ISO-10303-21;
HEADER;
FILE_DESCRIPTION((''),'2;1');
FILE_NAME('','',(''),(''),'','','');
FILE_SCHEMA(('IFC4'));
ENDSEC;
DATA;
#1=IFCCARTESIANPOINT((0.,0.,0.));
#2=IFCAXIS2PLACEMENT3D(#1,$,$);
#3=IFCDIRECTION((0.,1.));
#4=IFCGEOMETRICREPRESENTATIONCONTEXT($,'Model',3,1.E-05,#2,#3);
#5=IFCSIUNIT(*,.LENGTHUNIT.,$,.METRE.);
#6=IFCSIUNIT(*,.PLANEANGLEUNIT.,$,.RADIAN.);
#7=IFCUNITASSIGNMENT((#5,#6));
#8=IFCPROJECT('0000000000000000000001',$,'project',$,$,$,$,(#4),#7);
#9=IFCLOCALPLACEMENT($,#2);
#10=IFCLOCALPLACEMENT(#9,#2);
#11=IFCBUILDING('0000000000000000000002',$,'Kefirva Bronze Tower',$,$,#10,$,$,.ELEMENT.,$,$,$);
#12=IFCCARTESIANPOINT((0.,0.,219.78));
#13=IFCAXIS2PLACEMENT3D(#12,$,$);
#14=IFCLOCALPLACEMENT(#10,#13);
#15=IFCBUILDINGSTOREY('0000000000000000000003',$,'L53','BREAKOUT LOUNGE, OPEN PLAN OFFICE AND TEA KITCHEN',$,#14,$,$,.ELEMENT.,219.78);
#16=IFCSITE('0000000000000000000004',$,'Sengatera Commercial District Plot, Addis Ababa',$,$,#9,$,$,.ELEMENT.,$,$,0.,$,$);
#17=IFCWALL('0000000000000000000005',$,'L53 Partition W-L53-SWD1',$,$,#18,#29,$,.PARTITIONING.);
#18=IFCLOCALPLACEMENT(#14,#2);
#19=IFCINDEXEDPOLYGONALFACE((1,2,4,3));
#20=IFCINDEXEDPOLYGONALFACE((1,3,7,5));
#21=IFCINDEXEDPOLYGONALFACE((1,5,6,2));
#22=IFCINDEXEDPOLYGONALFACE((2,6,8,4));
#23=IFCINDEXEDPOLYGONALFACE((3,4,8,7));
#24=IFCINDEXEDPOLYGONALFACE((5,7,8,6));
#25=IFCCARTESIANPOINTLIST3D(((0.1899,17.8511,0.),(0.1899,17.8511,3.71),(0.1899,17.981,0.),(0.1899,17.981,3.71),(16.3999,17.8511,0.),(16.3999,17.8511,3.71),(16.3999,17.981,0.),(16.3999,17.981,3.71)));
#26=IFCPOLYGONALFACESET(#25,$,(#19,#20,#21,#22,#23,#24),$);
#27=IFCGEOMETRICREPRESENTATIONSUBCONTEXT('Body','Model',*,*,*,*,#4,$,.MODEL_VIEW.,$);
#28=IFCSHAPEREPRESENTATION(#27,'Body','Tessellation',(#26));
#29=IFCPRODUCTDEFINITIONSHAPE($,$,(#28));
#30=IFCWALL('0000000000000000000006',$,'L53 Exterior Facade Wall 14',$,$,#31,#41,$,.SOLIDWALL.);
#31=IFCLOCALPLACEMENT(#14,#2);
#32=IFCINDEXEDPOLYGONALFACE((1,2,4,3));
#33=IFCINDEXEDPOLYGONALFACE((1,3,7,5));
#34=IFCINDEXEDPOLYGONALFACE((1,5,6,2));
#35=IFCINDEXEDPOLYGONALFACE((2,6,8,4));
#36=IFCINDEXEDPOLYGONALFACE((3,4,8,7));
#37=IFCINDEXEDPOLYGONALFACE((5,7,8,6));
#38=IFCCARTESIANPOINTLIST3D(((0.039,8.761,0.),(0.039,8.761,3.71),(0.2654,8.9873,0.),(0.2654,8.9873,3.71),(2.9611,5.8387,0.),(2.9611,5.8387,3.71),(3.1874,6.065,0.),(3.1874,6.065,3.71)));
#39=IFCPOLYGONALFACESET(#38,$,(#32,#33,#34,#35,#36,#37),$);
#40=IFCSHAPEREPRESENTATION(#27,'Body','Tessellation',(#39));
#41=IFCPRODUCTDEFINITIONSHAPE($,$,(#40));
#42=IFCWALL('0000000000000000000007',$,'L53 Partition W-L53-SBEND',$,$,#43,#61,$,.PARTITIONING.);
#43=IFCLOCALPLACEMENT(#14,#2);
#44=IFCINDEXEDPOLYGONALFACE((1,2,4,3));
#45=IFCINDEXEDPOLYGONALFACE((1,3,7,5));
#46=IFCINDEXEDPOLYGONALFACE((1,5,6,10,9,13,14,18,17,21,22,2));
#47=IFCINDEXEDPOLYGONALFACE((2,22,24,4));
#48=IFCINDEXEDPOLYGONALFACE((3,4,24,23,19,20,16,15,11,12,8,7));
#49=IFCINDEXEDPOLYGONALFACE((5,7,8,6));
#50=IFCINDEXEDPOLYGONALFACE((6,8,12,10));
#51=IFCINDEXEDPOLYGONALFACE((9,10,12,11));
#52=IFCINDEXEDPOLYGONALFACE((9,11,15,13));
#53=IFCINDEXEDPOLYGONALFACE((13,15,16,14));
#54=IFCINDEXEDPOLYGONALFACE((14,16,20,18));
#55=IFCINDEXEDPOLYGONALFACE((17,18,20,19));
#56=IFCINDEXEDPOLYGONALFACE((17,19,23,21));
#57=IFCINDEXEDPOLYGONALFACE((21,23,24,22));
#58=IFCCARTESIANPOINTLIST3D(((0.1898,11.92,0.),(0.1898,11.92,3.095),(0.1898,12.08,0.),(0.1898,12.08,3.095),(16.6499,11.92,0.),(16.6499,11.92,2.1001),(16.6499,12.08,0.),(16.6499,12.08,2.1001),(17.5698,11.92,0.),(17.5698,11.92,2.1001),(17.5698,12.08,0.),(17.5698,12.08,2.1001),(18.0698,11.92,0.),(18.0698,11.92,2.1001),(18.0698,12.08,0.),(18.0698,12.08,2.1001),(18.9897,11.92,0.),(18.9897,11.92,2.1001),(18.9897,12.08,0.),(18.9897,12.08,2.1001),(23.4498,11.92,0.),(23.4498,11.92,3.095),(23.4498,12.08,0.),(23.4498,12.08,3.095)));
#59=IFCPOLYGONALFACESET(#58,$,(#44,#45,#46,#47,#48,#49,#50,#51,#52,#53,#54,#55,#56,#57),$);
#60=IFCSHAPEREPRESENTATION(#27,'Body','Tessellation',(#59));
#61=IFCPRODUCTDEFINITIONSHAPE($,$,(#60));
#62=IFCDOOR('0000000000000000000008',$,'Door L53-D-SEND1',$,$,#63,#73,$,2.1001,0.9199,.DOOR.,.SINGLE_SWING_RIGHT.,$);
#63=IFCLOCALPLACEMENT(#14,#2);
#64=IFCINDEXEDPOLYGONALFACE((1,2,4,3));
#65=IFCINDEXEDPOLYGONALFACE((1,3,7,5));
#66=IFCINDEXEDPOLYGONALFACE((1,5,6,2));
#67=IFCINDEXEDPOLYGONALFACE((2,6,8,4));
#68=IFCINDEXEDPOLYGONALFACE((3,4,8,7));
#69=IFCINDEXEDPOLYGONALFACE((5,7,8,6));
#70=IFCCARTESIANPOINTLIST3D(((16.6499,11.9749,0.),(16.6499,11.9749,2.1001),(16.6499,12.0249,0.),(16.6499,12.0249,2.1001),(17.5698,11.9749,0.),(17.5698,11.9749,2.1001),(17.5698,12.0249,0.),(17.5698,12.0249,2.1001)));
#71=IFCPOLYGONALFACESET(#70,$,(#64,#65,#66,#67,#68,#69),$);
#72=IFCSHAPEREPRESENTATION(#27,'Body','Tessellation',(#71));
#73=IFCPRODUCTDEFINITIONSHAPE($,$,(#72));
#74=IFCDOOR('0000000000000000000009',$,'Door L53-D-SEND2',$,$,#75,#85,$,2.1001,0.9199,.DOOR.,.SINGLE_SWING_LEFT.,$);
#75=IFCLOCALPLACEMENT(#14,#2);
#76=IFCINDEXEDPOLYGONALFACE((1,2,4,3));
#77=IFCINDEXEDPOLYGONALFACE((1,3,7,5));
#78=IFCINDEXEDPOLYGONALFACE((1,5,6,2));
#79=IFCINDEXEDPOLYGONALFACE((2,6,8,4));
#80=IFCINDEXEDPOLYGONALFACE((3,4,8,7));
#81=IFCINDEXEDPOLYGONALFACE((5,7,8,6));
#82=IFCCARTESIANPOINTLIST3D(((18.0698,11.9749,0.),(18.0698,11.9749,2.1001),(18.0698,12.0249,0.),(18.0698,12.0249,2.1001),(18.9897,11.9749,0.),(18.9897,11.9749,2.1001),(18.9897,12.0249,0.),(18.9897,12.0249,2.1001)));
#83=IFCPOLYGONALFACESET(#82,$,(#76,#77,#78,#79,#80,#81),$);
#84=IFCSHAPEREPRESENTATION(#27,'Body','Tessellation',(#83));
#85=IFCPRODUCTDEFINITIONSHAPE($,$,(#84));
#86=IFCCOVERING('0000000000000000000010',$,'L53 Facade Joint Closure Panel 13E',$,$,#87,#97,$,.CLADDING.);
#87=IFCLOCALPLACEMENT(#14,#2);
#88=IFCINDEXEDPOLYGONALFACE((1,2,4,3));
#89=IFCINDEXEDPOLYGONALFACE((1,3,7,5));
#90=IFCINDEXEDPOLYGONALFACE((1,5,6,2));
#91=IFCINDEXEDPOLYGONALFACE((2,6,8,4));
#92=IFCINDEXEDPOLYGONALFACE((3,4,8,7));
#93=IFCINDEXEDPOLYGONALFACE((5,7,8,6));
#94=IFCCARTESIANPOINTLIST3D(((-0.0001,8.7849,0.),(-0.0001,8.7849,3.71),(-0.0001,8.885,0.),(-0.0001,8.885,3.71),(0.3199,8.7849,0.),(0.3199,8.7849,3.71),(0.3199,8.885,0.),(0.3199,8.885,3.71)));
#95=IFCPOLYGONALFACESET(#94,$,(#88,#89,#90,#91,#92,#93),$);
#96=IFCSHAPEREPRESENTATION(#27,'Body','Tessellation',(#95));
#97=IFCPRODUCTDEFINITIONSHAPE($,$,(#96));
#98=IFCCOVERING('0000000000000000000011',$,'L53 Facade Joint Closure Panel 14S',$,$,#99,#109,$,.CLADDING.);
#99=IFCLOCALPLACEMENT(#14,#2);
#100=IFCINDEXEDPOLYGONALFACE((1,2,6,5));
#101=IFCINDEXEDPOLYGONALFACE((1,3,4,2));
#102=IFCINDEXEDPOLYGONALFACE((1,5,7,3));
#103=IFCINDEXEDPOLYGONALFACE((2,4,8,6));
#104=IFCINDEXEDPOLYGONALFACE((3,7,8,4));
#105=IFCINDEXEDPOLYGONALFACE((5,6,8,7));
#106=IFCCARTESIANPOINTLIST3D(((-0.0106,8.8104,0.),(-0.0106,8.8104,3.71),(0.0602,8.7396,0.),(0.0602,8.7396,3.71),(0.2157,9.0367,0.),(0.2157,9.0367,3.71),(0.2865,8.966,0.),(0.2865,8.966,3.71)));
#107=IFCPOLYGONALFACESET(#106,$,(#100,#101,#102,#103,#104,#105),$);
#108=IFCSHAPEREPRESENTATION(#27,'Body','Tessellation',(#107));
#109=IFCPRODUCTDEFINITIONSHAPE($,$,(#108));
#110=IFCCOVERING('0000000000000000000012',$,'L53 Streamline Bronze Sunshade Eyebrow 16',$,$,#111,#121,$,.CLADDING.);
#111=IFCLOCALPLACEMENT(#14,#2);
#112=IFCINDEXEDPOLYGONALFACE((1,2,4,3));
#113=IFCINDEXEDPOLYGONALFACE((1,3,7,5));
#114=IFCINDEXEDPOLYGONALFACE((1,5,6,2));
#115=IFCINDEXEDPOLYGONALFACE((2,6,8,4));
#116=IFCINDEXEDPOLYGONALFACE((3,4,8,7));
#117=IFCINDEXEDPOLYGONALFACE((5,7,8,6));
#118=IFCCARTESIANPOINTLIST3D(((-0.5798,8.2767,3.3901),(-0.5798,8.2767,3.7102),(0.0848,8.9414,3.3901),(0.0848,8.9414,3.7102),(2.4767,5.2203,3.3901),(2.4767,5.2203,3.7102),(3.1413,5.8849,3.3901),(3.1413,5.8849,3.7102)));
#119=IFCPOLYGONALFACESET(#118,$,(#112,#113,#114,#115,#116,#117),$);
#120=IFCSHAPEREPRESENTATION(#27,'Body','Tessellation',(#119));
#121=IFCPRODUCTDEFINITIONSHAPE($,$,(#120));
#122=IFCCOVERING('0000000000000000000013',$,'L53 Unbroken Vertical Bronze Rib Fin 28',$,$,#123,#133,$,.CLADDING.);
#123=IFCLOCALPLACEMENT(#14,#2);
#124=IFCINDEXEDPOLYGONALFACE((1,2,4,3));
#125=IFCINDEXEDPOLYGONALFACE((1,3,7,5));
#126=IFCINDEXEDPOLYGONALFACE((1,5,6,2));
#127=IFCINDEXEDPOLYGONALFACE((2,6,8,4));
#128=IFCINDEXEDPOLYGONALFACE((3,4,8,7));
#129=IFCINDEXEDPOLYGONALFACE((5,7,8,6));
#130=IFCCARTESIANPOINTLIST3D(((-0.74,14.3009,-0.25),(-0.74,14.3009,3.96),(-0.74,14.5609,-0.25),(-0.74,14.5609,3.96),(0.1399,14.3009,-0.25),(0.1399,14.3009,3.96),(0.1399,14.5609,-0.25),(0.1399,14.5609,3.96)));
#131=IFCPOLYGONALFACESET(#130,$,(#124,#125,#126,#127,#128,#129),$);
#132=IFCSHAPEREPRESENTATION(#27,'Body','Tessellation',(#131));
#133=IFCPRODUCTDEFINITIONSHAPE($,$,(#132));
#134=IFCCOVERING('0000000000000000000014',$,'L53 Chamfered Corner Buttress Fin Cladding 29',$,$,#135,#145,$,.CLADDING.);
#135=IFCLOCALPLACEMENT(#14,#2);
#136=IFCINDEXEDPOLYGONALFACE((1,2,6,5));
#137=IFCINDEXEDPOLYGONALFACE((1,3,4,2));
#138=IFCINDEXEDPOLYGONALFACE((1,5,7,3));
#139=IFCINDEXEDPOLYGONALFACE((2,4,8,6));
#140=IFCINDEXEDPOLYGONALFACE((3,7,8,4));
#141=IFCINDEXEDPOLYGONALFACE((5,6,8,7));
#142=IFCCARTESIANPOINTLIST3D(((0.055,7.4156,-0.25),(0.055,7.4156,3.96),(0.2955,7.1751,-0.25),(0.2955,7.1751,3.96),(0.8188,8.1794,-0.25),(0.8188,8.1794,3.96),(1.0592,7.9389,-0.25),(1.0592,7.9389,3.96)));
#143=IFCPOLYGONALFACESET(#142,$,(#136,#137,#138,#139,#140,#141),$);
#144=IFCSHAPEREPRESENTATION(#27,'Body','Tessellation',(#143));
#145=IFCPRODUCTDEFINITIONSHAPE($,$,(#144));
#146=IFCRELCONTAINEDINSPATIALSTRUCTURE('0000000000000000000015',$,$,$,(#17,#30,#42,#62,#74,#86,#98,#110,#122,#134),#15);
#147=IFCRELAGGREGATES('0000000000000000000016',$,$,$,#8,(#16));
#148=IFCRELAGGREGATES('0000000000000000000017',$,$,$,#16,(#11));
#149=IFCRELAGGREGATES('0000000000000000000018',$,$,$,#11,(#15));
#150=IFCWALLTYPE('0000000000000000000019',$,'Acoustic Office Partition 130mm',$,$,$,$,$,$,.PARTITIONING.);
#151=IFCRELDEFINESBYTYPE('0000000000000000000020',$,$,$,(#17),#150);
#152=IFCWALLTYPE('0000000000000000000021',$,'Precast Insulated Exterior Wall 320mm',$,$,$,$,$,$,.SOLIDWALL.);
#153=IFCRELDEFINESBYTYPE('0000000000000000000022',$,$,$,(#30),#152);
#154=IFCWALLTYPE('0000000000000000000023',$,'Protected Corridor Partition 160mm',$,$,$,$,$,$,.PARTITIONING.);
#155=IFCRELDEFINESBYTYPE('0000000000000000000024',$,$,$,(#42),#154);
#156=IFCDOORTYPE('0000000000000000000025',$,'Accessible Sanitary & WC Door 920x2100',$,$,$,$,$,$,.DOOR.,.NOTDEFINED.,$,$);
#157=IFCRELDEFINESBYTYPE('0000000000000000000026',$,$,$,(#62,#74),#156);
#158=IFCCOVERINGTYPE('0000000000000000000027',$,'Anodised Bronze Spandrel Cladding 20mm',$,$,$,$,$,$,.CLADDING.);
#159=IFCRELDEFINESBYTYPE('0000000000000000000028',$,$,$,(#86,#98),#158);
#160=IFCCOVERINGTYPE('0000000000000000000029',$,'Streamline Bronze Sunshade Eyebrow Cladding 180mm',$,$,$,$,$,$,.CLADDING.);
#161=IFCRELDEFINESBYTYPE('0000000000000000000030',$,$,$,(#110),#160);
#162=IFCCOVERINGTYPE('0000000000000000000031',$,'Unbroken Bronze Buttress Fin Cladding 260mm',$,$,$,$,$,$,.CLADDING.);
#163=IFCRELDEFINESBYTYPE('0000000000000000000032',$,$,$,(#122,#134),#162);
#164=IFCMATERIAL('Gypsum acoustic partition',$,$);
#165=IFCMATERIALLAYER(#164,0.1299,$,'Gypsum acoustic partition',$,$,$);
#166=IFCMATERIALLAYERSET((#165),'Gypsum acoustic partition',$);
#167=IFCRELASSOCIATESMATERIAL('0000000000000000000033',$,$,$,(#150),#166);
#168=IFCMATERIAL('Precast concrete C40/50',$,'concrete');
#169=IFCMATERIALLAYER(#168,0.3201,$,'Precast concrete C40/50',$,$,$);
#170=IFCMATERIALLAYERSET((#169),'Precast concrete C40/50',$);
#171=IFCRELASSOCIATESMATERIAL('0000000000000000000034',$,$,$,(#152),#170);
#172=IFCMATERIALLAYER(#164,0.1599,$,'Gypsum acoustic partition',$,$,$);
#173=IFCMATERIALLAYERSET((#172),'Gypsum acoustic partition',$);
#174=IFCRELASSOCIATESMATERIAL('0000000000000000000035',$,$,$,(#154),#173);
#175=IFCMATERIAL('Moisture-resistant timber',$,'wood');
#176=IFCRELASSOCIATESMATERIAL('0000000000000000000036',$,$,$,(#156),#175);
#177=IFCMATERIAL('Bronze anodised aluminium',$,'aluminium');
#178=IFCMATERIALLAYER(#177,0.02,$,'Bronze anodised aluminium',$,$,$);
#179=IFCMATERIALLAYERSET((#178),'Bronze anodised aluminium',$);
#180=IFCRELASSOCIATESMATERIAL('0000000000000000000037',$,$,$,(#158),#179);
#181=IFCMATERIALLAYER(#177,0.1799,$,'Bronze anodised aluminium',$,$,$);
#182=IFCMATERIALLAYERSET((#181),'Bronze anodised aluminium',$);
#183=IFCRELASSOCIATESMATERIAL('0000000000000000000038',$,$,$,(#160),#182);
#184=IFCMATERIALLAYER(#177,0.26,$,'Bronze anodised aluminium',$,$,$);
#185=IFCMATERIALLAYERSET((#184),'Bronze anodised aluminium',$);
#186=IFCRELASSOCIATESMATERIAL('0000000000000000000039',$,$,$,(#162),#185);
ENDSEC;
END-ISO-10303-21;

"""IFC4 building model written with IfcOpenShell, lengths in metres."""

from ifc_helpers import new_model, si_unit, direction, frame, frame_2d, origin, origin_2d, place, context, subcontext, project, spatial, rectangle, extrude, material, layer, layer_set, type_object, element, fill, save


model = new_model("IFC4")

# Units and contexts
model_context = context("Model", 3, precision=1e-05, world=origin(), true_north=direction((0.0, 1.0)))
body_context = subcontext(model_context, "Body", "Model", "MODEL_VIEW")
ifc_project = project(units=[si_unit("LENGTHUNIT", "METRE"), si_unit("PLANEANGLEUNIT", "RADIAN")], contexts=[model_context])

# Site, building, storey
site_placement = place(None, origin())
site = spatial("IfcSite", under=ifc_project, at=site_placement, Name="Sengatera Commercial District Plot, Addis Ababa", CompositionType="ELEMENT", RefElevation=0.0)
building_placement = place(site_placement, origin())
building = spatial("IfcBuilding", under=site, at=building_placement, Name="Kefirva Bronze Tower", CompositionType="ELEMENT")
storey_placement = place(building_placement, frame((0.0, 0.0, 219.78)))
storey = spatial("IfcBuildingStorey", under=building, at=storey_placement, Name="L53", Description="BREAKOUT LOUNGE, OPEN PLAN OFFICE AND TEA KITCHEN", CompositionType="ELEMENT", Elevation=219.78)

# Walls
ifc_material_1 = material(Name="Gypsum acoustic partition")
ifc_layer_1 = layer(ifc_material_1, 0.1299, Name="Gypsum acoustic partition")
ifc_layer_set_1 = layer_set([ifc_layer_1], Name="Gypsum acoustic partition")
wall_type_1 = type_object("IfcWallType", Name="Acoustic Office Partition 130mm", PredefinedType="PARTITIONING", material=ifc_layer_set_1)
wall_1_placement = place(storey_placement, frame((0.1899, 17.916, 0.0), z_axis=(0.0, 0.0, 1.0), x_axis=(1.0, 0.0, 0.0)))
element("IfcWall", 1, at=wall_1_placement, inside=storey, type_object=wall_type_1, Name="L53 Partition W-L53-SWD1", PredefinedType="PARTITIONING", context=body_context, shape_type="SweptSolid", body=[
    extrude(rectangle(XDim=16.21, YDim=0.1299, at=frame_2d((8.105, 0.0))), origin(), (0.0, 0.0, 1.0), 3.71),
])
ifc_material_2 = material(Name="Precast concrete C40/50", Category="concrete")
ifc_layer_2 = layer(ifc_material_2, 0.3201, Name="Precast concrete C40/50")
ifc_layer_set_2 = layer_set([ifc_layer_2], Name="Precast concrete C40/50")
wall_type_2 = type_object("IfcWallType", Name="Precast Insulated Exterior Wall 320mm", PredefinedType="SOLIDWALL", material=ifc_layer_set_2)
wall_2_placement = place(storey_placement, frame((0.1521, 8.8743, 0.0), z_axis=(0.0, 0.0, 1.0), x_axis=(0.707077, -0.707136, 0.0)))
element("IfcWall", 2, at=wall_2_placement, inside=storey, type_object=wall_type_2, Name="L53 Exterior Facade Wall 14", PredefinedType="SOLIDWALL", context=body_context, shape_type="SweptSolid", body=[
    extrude(rectangle(XDim=4.1326, YDim=0.3201, at=frame_2d((2.0664, 0.0))), origin(), (0.0, 0.0, 1.0), 3.71),
])

# Wall, openings, doors
ifc_layer_3 = layer(ifc_material_1, 0.1599, Name="Gypsum acoustic partition")
ifc_layer_set_3 = layer_set([ifc_layer_3], Name="Gypsum acoustic partition")
wall_type_3 = type_object("IfcWallType", Name="Protected Corridor Partition 160mm", PredefinedType="PARTITIONING", material=ifc_layer_set_3)
wall_3_placement = place(storey_placement, frame((0.1899, 12.0, 0.0), z_axis=(0.0, 0.0, 1.0), x_axis=(1.0, 0.0, 0.0)))
wall_3 = element("IfcWall", 3, at=wall_3_placement, inside=storey, type_object=wall_type_3, Name="L53 Partition W-L53-SBEND", PredefinedType="PARTITIONING", context=body_context, shape_type="SweptSolid", body=[
    extrude(rectangle(XDim=23.26, YDim=0.1599, at=frame_2d((11.6299, 0.0))), origin(), (0.0, 0.0, 1.0), 3.095),
])
opening_1_placement = place(wall_3_placement, frame((16.46, 0.0, 0.0)))
opening_1 = element("IfcOpeningElement", 4, at=opening_1_placement, cuts=wall_3, PredefinedType="OPENING", context=body_context, shape_type="SweptSolid", body=[
    extrude(rectangle(XDim=0.9199, YDim=2.1001, at=frame_2d((0.46, 1.05))), frame((0.0, 0.0898, 0.0), z_axis=(0.0, -1.0, 0.0), x_axis=(1.0, 0.0, 0.0)), (0.0, 0.0, 1.0), 0.1799),
])
opening_2_placement = place(wall_3_placement, frame((17.8799, 0.0, 0.0)))
opening_2 = element("IfcOpeningElement", 5, at=opening_2_placement, cuts=wall_3, PredefinedType="OPENING", context=body_context, shape_type="SweptSolid", body=[
    extrude(rectangle(XDim=0.9199, YDim=2.1001, at=frame_2d((0.46, 1.05))), frame((0.0, 0.0898, 0.0), z_axis=(0.0, -1.0, 0.0), x_axis=(1.0, 0.0, 0.0)), (0.0, 0.0, 1.0), 0.1799),
])
ifc_material_3 = material(Name="Moisture-resistant timber", Category="wood")
door_type = type_object("IfcDoorType", Name="Accessible Sanitary & WC Door 920x2100", OperationType="NOTDEFINED", PredefinedType="DOOR", material=ifc_material_3)
door_1_placement = place(opening_1_placement, origin())
door_1 = element("IfcDoor", 6, at=door_1_placement, inside=storey, type_object=door_type, Name="Door L53-D-SEND1", OperationType="SINGLE_SWING_RIGHT", OverallHeight=2.1001, OverallWidth=0.9199, PredefinedType="DOOR", context=body_context, shape_type="SweptSolid", body=[
    extrude(rectangle(XDim=0.9199, YDim=2.1001, at=frame_2d((0.46, 1.05))), frame((0.0, 0.0249, 0.0), z_axis=(0.0, -1.0, 0.0), x_axis=(1.0, 0.0, 0.0)), (0.0, 0.0, 1.0), 0.05),
])
fill(opening_1, door_1)
door_2_placement = place(opening_2_placement, origin())
door_2 = element("IfcDoor", 7, at=door_2_placement, inside=storey, type_object=door_type, Name="Door L53-D-SEND2", OperationType="SINGLE_SWING_LEFT", OverallHeight=2.1001, OverallWidth=0.9199, PredefinedType="DOOR", context=body_context, shape_type="SweptSolid", body=[
    extrude(rectangle(XDim=0.9199, YDim=2.1001, at=frame_2d((0.46, 1.05))), frame((0.0, 0.0249, 0.0), z_axis=(0.0, -1.0, 0.0), x_axis=(1.0, 0.0, 0.0)), (0.0, 0.0, 1.0), 0.05),
])
fill(opening_2, door_2)

# Coverings
ifc_material_4 = material(Name="Bronze anodised aluminium", Category="aluminium")
ifc_layer_4 = layer(ifc_material_4, 0.02, Name="Bronze anodised aluminium")
ifc_layer_set_4 = layer_set([ifc_layer_4], Name="Bronze anodised aluminium")
covering_type_1 = type_object("IfcCoveringType", Name="Anodised Bronze Spandrel Cladding 20mm", PredefinedType="CLADDING", material=ifc_layer_set_4)
for number, where, z_axis, x_axis, name in (
    (8, (0.1599, 8.835, 0.0), (0.0, 0.0, 1.0), (0.0, -1.0, 0.0), "L53 Facade Joint Closure Panel 13E"),
    (9, (0.1379, 8.8882, 0.0), (0.0, 0.0, 1.0), (0.707107, -0.707107, 0.0), "L53 Facade Joint Closure Panel 14S"),
):
    element("IfcCovering", number, at=place(storey_placement, frame(where, z_axis=z_axis, x_axis=x_axis)), inside=storey, type_object=covering_type_1, Name=name, PredefinedType="CLADDING", context=body_context, shape_type="SweptSolid", body=[
        extrude(rectangle(XDim=0.1001, YDim=0.3201, at=origin_2d()), origin(), (0.0, 0.0, 1.0), 3.71),
    ])
ifc_layer_5 = layer(ifc_material_4, 0.1799, Name="Bronze anodised aluminium")
ifc_layer_set_5 = layer_set([ifc_layer_5], Name="Bronze anodised aluminium")
covering_type_2 = type_object("IfcCoveringType", Name="Streamline Bronze Sunshade Eyebrow Cladding 180mm", PredefinedType="CLADDING", material=ifc_layer_set_5)
covering_1_placement = place(storey_placement, frame((1.2808, 7.0808, 3.3901), z_axis=(0.0, 0.0, 1.0), x_axis=(0.707107, -0.707107, 0.0)))
element("IfcCovering", 10, at=covering_1_placement, inside=storey, type_object=covering_type_2, Name="L53 Streamline Bronze Sunshade Eyebrow 16", PredefinedType="CLADDING", context=body_context, shape_type="SweptSolid", body=[
    extrude(rectangle(XDim=4.3225, YDim=0.9399, at=origin_2d()), origin(), (0.0, 0.0, 1.0), 0.3201),
])
ifc_layer_6 = layer(ifc_material_4, 0.26, Name="Bronze anodised aluminium")
ifc_layer_set_6 = layer_set([ifc_layer_6], Name="Bronze anodised aluminium")
covering_type_3 = type_object("IfcCoveringType", Name="Unbroken Bronze Buttress Fin Cladding 260mm", PredefinedType="CLADDING", material=ifc_layer_set_6)
covering_2_placement = place(storey_placement, frame((-0.3, 14.4309, -0.25), z_axis=(0.0, 0.0, 1.0), x_axis=(0.0, -1.0, 0.0)))
element("IfcCovering", 11, at=covering_2_placement, inside=storey, type_object=covering_type_3, Name="L53 Unbroken Vertical Bronze Rib Fin 28", PredefinedType="CLADDING", context=body_context, shape_type="SweptSolid", body=[
    extrude(rectangle(XDim=0.26, YDim=0.8799, at=origin_2d()), origin(), (0.0, 0.0, 1.0), 4.21),
])
covering_3_placement = place(storey_placement, frame((0.5571, 7.6772, -0.25), z_axis=(0.0, 0.0, 1.0), x_axis=(0.707107, -0.707107, 0.0)))
element("IfcCovering", 12, at=covering_3_placement, inside=storey, type_object=covering_type_3, Name="L53 Chamfered Corner Buttress Fin Cladding 29", PredefinedType="CLADDING", context=body_context, shape_type="SweptSolid", body=[
    extrude(rectangle(XDim=0.3401, YDim=1.0801, at=origin_2d()), origin(), (0.0, 0.0, 1.0), 4.21),
])

save(model, "model.ifc")
